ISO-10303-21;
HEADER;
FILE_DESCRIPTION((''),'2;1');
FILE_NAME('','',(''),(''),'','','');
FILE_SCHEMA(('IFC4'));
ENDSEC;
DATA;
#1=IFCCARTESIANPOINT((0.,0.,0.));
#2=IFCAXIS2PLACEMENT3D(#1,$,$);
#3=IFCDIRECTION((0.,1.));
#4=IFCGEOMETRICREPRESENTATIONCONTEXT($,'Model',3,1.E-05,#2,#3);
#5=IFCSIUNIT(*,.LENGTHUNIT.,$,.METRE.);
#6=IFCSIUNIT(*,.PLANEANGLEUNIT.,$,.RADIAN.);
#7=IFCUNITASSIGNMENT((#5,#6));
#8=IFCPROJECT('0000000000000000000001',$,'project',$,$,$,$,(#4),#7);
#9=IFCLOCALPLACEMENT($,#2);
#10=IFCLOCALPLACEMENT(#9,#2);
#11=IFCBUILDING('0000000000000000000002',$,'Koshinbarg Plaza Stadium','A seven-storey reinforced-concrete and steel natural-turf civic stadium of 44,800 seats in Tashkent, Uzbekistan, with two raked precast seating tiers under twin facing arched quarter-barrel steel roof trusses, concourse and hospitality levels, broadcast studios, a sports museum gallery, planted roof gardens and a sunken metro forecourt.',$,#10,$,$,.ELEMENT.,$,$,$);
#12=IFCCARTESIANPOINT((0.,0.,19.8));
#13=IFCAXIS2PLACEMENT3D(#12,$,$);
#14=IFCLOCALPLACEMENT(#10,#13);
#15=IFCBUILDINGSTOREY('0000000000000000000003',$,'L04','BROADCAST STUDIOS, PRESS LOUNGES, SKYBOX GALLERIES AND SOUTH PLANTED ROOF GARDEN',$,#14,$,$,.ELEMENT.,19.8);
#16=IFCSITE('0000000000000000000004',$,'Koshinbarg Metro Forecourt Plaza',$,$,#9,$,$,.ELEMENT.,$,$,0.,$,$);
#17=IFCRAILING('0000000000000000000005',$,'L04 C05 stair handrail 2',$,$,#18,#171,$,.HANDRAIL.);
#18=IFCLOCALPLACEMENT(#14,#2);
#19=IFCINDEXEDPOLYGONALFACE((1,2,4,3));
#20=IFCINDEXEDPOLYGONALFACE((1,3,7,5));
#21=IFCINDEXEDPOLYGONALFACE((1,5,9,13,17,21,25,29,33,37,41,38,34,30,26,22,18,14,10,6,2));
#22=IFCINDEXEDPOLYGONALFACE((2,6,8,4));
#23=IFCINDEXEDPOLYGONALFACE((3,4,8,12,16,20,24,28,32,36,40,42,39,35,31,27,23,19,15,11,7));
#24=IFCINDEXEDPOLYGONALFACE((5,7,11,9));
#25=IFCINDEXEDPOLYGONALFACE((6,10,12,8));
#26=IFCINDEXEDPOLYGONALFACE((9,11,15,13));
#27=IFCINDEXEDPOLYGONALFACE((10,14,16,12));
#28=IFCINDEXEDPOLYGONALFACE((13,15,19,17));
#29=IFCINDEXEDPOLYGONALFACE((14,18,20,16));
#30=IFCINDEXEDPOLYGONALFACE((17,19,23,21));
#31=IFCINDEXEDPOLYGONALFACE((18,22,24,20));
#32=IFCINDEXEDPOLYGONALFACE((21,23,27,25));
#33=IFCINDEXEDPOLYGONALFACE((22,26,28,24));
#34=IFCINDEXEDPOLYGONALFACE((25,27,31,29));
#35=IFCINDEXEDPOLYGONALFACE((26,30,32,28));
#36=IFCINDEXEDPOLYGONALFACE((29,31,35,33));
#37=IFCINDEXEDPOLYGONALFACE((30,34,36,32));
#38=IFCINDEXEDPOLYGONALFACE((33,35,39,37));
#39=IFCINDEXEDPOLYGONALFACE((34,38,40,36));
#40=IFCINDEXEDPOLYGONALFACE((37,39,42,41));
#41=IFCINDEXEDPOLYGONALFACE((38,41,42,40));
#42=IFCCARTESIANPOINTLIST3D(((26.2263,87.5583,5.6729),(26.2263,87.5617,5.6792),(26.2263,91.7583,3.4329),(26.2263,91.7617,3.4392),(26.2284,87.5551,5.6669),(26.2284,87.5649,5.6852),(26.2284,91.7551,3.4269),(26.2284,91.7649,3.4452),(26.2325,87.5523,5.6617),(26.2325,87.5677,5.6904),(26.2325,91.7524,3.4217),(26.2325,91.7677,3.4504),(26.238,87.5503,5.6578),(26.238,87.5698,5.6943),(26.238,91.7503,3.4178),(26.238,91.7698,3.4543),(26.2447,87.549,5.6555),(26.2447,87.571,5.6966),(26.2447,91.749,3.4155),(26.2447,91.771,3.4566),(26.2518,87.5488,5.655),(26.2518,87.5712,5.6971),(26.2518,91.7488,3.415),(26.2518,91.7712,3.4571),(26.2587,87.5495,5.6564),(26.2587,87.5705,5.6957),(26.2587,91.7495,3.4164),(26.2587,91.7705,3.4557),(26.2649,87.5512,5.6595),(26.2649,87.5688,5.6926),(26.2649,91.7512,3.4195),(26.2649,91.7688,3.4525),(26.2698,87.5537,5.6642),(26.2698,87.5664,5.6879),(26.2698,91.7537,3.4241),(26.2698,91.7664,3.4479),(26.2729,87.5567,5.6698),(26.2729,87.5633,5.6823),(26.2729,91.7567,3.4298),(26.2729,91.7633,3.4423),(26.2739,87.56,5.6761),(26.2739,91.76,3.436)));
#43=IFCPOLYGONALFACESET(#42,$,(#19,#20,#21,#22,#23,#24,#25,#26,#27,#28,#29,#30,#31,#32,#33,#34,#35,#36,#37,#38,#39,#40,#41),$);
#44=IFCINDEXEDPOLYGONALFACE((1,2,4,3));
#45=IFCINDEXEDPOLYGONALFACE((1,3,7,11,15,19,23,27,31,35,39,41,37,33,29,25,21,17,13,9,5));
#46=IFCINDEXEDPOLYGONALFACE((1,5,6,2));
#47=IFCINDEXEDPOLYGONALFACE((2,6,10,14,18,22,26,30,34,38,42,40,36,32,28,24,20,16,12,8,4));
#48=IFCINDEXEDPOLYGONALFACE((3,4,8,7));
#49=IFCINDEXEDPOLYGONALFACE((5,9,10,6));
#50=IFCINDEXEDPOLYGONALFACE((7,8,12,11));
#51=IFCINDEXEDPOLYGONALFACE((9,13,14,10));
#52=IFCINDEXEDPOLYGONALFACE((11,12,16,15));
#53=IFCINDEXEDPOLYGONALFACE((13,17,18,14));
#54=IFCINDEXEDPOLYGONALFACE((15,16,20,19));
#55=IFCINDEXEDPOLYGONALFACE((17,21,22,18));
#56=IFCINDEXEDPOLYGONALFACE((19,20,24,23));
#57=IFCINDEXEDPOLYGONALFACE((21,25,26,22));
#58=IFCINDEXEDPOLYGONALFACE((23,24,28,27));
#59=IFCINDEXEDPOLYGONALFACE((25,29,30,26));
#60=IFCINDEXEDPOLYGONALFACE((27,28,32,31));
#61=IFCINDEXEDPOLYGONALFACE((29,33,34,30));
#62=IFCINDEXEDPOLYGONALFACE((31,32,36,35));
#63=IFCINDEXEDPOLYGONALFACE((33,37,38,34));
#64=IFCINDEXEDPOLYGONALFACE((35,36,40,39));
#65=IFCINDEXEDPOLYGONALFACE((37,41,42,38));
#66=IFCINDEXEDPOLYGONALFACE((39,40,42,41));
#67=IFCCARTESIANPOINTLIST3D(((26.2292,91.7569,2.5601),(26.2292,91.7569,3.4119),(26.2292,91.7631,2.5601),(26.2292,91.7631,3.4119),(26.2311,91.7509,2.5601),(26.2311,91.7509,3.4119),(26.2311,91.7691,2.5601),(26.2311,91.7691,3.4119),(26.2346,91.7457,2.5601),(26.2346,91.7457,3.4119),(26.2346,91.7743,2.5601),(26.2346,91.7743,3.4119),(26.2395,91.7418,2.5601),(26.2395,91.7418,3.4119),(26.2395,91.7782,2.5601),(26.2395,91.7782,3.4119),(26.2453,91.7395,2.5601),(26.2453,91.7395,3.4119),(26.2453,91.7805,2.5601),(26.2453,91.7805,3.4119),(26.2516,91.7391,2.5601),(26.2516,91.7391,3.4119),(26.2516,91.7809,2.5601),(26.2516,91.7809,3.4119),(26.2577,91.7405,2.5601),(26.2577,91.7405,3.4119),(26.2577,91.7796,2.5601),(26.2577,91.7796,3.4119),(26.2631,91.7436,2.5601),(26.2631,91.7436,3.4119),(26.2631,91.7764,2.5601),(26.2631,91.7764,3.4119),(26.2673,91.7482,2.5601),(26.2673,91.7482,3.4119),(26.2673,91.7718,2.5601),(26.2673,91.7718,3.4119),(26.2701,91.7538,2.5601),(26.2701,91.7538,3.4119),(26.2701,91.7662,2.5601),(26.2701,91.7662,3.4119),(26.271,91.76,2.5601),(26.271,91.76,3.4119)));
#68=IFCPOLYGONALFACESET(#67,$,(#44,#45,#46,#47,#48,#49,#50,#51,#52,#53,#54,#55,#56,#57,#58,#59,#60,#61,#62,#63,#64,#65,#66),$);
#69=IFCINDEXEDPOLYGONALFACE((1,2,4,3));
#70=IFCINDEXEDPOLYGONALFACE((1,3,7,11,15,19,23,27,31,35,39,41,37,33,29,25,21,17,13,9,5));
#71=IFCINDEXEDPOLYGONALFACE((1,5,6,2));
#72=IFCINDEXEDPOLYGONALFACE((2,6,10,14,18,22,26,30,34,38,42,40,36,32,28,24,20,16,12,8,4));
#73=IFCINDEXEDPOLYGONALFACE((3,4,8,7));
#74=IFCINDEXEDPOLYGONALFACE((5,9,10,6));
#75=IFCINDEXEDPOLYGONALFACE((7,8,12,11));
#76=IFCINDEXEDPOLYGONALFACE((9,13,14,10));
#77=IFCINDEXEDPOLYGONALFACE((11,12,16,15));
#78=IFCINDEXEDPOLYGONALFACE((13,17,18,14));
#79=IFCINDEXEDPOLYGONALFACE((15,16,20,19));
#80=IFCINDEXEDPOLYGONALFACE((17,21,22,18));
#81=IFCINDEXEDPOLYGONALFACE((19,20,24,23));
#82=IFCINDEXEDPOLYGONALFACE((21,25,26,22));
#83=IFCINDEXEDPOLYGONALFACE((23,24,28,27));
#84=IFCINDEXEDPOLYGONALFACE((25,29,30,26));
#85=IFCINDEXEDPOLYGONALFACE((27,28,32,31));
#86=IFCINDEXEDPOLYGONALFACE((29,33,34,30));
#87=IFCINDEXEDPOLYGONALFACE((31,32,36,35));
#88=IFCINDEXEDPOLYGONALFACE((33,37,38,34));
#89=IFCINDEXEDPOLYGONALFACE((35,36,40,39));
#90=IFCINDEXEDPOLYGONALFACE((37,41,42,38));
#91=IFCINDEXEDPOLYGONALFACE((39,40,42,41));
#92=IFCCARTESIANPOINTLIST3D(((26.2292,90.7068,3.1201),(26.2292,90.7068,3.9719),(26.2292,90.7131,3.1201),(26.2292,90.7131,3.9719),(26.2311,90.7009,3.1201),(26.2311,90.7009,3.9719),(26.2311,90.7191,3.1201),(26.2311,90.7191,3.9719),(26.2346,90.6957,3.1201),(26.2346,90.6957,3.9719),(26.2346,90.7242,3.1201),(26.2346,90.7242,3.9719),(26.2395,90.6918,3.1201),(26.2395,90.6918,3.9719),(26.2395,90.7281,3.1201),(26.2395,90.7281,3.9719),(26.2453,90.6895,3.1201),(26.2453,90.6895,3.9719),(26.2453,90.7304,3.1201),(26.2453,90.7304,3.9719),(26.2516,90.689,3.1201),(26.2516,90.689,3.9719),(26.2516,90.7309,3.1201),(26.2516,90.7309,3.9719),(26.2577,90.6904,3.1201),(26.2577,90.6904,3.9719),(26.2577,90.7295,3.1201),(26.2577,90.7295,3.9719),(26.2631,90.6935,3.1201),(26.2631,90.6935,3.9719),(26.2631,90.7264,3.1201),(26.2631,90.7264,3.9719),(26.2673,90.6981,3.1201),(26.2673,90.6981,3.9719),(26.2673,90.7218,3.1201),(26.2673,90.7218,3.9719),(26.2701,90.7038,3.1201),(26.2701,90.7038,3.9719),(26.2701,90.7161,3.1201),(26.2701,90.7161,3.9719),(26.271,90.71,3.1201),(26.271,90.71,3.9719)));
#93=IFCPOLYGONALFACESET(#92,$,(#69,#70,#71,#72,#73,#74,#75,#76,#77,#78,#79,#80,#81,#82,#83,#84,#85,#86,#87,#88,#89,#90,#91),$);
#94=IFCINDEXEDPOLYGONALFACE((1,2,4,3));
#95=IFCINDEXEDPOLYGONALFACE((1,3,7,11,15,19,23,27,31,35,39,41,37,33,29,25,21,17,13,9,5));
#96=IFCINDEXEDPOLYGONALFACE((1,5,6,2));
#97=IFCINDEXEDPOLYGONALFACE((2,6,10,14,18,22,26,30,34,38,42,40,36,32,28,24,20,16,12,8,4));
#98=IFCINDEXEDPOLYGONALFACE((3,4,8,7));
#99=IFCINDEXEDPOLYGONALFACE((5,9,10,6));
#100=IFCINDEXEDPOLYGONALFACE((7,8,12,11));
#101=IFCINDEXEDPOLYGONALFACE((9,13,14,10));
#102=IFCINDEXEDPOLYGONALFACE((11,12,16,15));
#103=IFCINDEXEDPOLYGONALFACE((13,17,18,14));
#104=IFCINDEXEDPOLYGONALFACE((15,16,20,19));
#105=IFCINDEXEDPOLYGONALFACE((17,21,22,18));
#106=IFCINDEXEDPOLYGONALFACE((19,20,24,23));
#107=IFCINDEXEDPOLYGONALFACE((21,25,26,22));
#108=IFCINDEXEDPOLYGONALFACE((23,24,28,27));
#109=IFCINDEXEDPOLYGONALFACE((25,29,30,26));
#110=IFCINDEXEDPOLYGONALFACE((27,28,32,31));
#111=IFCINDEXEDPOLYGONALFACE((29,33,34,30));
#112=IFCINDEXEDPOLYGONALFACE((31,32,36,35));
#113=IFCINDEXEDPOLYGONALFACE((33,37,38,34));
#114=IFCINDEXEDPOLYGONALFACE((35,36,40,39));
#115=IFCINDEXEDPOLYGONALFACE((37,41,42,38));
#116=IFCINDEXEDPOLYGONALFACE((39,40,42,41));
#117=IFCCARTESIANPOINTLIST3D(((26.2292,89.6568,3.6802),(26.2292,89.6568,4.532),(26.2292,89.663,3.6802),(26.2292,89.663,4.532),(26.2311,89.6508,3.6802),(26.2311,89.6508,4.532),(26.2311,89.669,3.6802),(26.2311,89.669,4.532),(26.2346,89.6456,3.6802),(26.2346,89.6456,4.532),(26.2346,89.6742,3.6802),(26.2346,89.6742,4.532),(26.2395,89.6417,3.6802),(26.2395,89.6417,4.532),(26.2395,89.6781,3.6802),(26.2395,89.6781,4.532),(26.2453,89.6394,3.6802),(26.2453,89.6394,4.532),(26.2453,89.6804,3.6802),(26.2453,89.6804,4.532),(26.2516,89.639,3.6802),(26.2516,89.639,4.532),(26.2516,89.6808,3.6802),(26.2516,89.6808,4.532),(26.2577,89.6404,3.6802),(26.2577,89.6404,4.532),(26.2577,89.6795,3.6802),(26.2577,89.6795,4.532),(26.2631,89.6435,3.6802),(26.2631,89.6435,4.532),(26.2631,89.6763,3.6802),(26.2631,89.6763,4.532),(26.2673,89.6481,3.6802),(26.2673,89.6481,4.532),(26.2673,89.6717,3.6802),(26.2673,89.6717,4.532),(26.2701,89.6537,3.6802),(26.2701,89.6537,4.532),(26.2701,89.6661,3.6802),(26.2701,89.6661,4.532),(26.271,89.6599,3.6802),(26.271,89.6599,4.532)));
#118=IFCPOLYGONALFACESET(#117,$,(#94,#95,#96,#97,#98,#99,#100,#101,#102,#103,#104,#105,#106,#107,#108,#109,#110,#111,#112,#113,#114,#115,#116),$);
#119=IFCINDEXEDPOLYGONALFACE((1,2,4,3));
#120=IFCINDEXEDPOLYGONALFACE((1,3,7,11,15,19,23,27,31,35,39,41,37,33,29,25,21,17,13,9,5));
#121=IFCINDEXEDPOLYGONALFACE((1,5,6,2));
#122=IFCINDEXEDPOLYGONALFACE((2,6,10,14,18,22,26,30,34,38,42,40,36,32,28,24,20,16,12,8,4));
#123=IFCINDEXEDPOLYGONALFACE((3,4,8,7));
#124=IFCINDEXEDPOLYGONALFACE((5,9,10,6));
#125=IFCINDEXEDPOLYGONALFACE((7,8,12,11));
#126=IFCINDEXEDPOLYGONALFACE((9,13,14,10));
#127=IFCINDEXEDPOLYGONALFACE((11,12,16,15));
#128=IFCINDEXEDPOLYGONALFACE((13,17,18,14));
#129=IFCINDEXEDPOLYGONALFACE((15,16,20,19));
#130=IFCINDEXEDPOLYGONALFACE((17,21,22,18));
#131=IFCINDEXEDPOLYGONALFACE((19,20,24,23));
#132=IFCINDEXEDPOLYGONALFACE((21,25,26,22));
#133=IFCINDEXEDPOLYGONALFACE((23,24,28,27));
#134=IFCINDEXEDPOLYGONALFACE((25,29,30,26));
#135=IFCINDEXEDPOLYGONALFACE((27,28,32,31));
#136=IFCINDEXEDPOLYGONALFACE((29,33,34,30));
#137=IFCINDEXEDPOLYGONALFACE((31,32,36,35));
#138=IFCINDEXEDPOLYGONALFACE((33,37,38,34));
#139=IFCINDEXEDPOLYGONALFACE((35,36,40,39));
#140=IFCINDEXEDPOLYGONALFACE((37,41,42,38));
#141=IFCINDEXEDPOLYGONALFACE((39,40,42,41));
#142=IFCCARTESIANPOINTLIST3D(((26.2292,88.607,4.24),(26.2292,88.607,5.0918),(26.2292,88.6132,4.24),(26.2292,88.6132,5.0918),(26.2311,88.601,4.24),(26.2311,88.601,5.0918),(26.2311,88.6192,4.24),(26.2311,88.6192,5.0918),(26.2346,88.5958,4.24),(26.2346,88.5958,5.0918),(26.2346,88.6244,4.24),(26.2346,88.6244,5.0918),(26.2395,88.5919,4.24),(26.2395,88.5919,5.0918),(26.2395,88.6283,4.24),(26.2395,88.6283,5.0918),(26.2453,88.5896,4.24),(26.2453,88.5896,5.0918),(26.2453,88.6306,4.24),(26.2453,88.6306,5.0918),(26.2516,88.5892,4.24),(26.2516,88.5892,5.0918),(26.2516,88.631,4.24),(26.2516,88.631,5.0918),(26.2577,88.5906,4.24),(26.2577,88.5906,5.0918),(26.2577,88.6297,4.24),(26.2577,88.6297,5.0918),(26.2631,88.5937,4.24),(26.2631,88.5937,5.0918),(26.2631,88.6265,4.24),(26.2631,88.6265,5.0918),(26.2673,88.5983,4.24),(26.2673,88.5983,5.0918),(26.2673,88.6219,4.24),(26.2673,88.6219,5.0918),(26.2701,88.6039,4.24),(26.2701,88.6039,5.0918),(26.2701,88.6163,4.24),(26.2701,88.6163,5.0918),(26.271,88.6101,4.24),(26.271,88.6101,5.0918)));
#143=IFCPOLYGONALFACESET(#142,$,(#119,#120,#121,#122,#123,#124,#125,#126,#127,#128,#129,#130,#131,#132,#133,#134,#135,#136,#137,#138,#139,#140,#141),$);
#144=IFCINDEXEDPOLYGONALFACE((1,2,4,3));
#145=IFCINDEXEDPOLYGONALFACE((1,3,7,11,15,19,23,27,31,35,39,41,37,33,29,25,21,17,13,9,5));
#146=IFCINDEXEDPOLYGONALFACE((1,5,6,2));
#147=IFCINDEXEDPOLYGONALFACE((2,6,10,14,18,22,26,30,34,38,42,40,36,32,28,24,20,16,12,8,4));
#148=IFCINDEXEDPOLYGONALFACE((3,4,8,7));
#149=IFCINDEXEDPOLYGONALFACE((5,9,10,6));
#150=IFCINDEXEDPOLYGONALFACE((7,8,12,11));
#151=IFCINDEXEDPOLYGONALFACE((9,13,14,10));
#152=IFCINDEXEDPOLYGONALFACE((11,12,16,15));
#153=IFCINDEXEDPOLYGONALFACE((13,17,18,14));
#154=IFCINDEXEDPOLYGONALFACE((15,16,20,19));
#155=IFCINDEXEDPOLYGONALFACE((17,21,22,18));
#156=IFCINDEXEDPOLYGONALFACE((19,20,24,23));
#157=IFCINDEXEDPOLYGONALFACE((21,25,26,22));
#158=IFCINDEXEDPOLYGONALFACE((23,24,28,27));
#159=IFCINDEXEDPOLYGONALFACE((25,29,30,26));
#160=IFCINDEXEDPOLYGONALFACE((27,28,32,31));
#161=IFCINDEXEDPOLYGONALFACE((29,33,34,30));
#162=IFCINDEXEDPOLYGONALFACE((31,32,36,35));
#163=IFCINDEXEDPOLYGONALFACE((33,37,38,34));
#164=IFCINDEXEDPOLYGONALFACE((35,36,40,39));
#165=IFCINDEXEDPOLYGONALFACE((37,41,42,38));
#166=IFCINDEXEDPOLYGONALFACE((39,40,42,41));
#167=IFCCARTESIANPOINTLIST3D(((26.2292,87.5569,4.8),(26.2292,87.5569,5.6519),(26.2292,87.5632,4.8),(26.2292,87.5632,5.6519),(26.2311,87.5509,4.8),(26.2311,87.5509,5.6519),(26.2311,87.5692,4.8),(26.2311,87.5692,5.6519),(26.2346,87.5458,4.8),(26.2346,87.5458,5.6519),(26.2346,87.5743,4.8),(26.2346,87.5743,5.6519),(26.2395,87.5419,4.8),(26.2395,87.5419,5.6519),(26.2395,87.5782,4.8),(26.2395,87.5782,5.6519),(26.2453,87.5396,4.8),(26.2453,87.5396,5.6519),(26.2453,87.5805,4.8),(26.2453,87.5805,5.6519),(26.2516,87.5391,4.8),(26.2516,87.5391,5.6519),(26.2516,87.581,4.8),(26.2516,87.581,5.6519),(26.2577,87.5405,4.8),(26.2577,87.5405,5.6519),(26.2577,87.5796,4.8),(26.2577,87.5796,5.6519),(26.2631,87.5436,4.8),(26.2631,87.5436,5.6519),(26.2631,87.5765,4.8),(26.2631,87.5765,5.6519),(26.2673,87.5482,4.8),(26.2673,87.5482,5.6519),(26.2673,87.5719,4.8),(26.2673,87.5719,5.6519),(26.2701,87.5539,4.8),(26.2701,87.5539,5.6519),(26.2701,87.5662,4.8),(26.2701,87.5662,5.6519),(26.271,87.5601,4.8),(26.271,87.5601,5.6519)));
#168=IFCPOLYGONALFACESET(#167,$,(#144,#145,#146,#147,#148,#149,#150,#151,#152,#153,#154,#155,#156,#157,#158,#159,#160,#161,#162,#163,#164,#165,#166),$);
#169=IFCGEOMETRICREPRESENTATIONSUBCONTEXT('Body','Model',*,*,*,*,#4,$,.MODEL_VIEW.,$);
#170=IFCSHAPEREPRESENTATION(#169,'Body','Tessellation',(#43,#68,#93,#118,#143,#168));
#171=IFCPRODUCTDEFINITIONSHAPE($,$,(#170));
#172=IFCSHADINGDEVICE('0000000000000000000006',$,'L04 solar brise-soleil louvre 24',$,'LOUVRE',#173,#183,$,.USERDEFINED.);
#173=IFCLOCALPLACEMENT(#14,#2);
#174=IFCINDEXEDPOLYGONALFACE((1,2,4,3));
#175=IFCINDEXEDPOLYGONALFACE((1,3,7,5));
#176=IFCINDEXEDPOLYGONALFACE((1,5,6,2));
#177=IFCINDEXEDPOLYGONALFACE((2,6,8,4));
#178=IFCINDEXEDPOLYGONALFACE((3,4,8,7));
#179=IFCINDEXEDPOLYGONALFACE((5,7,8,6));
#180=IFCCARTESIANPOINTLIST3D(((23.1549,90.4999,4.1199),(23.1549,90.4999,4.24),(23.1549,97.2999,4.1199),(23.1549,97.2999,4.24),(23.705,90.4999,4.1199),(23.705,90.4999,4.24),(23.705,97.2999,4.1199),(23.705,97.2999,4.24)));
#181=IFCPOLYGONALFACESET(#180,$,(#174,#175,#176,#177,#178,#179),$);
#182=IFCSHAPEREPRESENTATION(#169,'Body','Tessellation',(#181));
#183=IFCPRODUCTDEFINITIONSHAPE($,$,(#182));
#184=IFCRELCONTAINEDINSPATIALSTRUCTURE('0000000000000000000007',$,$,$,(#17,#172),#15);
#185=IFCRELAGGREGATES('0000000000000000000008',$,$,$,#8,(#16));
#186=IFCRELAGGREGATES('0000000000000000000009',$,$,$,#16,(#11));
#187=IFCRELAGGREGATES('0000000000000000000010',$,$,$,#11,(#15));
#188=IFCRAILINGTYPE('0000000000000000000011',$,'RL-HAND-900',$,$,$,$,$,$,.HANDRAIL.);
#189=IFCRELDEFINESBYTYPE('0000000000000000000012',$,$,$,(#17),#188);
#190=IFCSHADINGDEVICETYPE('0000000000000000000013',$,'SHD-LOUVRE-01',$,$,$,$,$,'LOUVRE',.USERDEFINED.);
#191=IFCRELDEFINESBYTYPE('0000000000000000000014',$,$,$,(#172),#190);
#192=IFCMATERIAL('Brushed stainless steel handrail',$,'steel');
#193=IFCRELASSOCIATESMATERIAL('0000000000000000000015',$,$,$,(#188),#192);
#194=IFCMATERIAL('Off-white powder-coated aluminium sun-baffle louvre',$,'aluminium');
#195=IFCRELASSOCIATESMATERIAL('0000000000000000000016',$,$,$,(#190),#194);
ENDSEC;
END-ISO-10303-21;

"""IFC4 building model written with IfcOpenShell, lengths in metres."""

from ifc_helpers import new_model, si_unit, direction, frame, origin, origin_2d, place, context, subcontext, project, spatial, rectangle, circle, extrude, material, type_object, element, save


model = new_model("IFC4")

# Units and contexts
model_context = context("Model", 3, precision=1e-05, world=origin(), true_north=direction((0.0, 1.0)))
body_context = subcontext(model_context, "Body", "Model", "MODEL_VIEW")
ifc_project = project(units=[si_unit("LENGTHUNIT", "METRE"), si_unit("PLANEANGLEUNIT", "RADIAN")], contexts=[model_context])

# Site, building, storey
site_placement = place(None, origin())
site = spatial("IfcSite", under=ifc_project, at=site_placement, Name="Koshinbarg Metro Forecourt Plaza", CompositionType="ELEMENT", RefElevation=0.0)
building_placement = place(site_placement, origin())
building = spatial("IfcBuilding", under=site, at=building_placement, Name="Koshinbarg Plaza Stadium", Description="A seven-storey reinforced-concrete and steel natural-turf civic stadium of 44,800 seats in Tashkent, Uzbekistan, with two raked precast seating tiers under twin facing arched quarter-barrel steel roof trusses, concourse and hospitality levels, broadcast studios, a sports museum gallery, planted roof gardens and a sunken metro forecourt.", CompositionType="ELEMENT")
storey_placement = place(building_placement, frame((0.0, 0.0, 19.8)))
storey = spatial("IfcBuildingStorey", under=building, at=storey_placement, Name="L04", Description="BROADCAST STUDIOS, PRESS LOUNGES, SKYBOX GALLERIES AND SOUTH PLANTED ROOF GARDEN", CompositionType="ELEMENT", Elevation=19.8)

# Railing
ifc_material_1 = material(Name="Brushed stainless steel handrail", Category="steel")
railing_type_1 = type_object("IfcRailingType", Name="RL-HAND-900", PredefinedType="HANDRAIL", material=ifc_material_1)
railing_1_placement = place(storey_placement, frame((26.25, 91.76, 2.5601)))
element("IfcRailing", 1, at=railing_1_placement, inside=storey, type_object=railing_type_1, Name="L04 C05 stair handrail 2", PredefinedType="HANDRAIL", context=body_context, shape_type="SweptSolid", body=[
    extrude(circle(Radius=0.0239, at=origin_2d()), frame((0.0, 0.0, 0.876), z_axis=(0.0, -0.882352, 0.470591), x_axis=(1.0, 0.0, 0.0)), (0.0, 0.0, 1.0), 4.76),
    extrude(circle(Radius=0.021, at=origin_2d()), origin(), (0.0, 0.0, 1.0), 0.8518),
    extrude(circle(Radius=0.021, at=origin_2d()), frame((0.0, -1.05, 0.5601)), (0.0, 0.0, 1.0), 0.8518),
    extrude(circle(Radius=0.021, at=origin_2d()), frame((0.0, -2.1001, 1.1201)), (0.0, 0.0, 1.0), 0.8518),
    extrude(circle(Radius=0.021, at=origin_2d()), frame((0.0, -3.1499, 1.6799)), (0.0, 0.0, 1.0), 0.8518),
    extrude(circle(Radius=0.021, at=origin_2d()), frame((0.0, -4.2, 2.24)), (0.0, 0.0, 1.0), 0.8518),
])

# Shading device
ifc_material_2 = material(Name="Off-white powder-coated aluminium sun-baffle louvre", Category="aluminium")
shading_device_type = type_object("IfcShadingDeviceType", Name="SHD-LOUVRE-01", ElementType="LOUVRE", PredefinedType="USERDEFINED", material=ifc_material_2)
shading_device_placement = place(storey_placement, frame((23.4299, 93.8999, 4.1199), z_axis=(0.0, 0.0, 1.0), x_axis=(1.0, 0.0, 0.0)))
element("IfcShadingDevice", 2, at=shading_device_placement, inside=storey, type_object=shading_device_type, Name="L04 solar brise-soleil louvre 24", ObjectType="LOUVRE", PredefinedType="USERDEFINED", context=body_context, shape_type="SweptSolid", body=[
    extrude(rectangle(XDim=0.55, YDim=6.8, at=origin_2d()), origin(), (0.0, 0.0, 1.0), 0.1201),
])

save(model, "model.ifc")
